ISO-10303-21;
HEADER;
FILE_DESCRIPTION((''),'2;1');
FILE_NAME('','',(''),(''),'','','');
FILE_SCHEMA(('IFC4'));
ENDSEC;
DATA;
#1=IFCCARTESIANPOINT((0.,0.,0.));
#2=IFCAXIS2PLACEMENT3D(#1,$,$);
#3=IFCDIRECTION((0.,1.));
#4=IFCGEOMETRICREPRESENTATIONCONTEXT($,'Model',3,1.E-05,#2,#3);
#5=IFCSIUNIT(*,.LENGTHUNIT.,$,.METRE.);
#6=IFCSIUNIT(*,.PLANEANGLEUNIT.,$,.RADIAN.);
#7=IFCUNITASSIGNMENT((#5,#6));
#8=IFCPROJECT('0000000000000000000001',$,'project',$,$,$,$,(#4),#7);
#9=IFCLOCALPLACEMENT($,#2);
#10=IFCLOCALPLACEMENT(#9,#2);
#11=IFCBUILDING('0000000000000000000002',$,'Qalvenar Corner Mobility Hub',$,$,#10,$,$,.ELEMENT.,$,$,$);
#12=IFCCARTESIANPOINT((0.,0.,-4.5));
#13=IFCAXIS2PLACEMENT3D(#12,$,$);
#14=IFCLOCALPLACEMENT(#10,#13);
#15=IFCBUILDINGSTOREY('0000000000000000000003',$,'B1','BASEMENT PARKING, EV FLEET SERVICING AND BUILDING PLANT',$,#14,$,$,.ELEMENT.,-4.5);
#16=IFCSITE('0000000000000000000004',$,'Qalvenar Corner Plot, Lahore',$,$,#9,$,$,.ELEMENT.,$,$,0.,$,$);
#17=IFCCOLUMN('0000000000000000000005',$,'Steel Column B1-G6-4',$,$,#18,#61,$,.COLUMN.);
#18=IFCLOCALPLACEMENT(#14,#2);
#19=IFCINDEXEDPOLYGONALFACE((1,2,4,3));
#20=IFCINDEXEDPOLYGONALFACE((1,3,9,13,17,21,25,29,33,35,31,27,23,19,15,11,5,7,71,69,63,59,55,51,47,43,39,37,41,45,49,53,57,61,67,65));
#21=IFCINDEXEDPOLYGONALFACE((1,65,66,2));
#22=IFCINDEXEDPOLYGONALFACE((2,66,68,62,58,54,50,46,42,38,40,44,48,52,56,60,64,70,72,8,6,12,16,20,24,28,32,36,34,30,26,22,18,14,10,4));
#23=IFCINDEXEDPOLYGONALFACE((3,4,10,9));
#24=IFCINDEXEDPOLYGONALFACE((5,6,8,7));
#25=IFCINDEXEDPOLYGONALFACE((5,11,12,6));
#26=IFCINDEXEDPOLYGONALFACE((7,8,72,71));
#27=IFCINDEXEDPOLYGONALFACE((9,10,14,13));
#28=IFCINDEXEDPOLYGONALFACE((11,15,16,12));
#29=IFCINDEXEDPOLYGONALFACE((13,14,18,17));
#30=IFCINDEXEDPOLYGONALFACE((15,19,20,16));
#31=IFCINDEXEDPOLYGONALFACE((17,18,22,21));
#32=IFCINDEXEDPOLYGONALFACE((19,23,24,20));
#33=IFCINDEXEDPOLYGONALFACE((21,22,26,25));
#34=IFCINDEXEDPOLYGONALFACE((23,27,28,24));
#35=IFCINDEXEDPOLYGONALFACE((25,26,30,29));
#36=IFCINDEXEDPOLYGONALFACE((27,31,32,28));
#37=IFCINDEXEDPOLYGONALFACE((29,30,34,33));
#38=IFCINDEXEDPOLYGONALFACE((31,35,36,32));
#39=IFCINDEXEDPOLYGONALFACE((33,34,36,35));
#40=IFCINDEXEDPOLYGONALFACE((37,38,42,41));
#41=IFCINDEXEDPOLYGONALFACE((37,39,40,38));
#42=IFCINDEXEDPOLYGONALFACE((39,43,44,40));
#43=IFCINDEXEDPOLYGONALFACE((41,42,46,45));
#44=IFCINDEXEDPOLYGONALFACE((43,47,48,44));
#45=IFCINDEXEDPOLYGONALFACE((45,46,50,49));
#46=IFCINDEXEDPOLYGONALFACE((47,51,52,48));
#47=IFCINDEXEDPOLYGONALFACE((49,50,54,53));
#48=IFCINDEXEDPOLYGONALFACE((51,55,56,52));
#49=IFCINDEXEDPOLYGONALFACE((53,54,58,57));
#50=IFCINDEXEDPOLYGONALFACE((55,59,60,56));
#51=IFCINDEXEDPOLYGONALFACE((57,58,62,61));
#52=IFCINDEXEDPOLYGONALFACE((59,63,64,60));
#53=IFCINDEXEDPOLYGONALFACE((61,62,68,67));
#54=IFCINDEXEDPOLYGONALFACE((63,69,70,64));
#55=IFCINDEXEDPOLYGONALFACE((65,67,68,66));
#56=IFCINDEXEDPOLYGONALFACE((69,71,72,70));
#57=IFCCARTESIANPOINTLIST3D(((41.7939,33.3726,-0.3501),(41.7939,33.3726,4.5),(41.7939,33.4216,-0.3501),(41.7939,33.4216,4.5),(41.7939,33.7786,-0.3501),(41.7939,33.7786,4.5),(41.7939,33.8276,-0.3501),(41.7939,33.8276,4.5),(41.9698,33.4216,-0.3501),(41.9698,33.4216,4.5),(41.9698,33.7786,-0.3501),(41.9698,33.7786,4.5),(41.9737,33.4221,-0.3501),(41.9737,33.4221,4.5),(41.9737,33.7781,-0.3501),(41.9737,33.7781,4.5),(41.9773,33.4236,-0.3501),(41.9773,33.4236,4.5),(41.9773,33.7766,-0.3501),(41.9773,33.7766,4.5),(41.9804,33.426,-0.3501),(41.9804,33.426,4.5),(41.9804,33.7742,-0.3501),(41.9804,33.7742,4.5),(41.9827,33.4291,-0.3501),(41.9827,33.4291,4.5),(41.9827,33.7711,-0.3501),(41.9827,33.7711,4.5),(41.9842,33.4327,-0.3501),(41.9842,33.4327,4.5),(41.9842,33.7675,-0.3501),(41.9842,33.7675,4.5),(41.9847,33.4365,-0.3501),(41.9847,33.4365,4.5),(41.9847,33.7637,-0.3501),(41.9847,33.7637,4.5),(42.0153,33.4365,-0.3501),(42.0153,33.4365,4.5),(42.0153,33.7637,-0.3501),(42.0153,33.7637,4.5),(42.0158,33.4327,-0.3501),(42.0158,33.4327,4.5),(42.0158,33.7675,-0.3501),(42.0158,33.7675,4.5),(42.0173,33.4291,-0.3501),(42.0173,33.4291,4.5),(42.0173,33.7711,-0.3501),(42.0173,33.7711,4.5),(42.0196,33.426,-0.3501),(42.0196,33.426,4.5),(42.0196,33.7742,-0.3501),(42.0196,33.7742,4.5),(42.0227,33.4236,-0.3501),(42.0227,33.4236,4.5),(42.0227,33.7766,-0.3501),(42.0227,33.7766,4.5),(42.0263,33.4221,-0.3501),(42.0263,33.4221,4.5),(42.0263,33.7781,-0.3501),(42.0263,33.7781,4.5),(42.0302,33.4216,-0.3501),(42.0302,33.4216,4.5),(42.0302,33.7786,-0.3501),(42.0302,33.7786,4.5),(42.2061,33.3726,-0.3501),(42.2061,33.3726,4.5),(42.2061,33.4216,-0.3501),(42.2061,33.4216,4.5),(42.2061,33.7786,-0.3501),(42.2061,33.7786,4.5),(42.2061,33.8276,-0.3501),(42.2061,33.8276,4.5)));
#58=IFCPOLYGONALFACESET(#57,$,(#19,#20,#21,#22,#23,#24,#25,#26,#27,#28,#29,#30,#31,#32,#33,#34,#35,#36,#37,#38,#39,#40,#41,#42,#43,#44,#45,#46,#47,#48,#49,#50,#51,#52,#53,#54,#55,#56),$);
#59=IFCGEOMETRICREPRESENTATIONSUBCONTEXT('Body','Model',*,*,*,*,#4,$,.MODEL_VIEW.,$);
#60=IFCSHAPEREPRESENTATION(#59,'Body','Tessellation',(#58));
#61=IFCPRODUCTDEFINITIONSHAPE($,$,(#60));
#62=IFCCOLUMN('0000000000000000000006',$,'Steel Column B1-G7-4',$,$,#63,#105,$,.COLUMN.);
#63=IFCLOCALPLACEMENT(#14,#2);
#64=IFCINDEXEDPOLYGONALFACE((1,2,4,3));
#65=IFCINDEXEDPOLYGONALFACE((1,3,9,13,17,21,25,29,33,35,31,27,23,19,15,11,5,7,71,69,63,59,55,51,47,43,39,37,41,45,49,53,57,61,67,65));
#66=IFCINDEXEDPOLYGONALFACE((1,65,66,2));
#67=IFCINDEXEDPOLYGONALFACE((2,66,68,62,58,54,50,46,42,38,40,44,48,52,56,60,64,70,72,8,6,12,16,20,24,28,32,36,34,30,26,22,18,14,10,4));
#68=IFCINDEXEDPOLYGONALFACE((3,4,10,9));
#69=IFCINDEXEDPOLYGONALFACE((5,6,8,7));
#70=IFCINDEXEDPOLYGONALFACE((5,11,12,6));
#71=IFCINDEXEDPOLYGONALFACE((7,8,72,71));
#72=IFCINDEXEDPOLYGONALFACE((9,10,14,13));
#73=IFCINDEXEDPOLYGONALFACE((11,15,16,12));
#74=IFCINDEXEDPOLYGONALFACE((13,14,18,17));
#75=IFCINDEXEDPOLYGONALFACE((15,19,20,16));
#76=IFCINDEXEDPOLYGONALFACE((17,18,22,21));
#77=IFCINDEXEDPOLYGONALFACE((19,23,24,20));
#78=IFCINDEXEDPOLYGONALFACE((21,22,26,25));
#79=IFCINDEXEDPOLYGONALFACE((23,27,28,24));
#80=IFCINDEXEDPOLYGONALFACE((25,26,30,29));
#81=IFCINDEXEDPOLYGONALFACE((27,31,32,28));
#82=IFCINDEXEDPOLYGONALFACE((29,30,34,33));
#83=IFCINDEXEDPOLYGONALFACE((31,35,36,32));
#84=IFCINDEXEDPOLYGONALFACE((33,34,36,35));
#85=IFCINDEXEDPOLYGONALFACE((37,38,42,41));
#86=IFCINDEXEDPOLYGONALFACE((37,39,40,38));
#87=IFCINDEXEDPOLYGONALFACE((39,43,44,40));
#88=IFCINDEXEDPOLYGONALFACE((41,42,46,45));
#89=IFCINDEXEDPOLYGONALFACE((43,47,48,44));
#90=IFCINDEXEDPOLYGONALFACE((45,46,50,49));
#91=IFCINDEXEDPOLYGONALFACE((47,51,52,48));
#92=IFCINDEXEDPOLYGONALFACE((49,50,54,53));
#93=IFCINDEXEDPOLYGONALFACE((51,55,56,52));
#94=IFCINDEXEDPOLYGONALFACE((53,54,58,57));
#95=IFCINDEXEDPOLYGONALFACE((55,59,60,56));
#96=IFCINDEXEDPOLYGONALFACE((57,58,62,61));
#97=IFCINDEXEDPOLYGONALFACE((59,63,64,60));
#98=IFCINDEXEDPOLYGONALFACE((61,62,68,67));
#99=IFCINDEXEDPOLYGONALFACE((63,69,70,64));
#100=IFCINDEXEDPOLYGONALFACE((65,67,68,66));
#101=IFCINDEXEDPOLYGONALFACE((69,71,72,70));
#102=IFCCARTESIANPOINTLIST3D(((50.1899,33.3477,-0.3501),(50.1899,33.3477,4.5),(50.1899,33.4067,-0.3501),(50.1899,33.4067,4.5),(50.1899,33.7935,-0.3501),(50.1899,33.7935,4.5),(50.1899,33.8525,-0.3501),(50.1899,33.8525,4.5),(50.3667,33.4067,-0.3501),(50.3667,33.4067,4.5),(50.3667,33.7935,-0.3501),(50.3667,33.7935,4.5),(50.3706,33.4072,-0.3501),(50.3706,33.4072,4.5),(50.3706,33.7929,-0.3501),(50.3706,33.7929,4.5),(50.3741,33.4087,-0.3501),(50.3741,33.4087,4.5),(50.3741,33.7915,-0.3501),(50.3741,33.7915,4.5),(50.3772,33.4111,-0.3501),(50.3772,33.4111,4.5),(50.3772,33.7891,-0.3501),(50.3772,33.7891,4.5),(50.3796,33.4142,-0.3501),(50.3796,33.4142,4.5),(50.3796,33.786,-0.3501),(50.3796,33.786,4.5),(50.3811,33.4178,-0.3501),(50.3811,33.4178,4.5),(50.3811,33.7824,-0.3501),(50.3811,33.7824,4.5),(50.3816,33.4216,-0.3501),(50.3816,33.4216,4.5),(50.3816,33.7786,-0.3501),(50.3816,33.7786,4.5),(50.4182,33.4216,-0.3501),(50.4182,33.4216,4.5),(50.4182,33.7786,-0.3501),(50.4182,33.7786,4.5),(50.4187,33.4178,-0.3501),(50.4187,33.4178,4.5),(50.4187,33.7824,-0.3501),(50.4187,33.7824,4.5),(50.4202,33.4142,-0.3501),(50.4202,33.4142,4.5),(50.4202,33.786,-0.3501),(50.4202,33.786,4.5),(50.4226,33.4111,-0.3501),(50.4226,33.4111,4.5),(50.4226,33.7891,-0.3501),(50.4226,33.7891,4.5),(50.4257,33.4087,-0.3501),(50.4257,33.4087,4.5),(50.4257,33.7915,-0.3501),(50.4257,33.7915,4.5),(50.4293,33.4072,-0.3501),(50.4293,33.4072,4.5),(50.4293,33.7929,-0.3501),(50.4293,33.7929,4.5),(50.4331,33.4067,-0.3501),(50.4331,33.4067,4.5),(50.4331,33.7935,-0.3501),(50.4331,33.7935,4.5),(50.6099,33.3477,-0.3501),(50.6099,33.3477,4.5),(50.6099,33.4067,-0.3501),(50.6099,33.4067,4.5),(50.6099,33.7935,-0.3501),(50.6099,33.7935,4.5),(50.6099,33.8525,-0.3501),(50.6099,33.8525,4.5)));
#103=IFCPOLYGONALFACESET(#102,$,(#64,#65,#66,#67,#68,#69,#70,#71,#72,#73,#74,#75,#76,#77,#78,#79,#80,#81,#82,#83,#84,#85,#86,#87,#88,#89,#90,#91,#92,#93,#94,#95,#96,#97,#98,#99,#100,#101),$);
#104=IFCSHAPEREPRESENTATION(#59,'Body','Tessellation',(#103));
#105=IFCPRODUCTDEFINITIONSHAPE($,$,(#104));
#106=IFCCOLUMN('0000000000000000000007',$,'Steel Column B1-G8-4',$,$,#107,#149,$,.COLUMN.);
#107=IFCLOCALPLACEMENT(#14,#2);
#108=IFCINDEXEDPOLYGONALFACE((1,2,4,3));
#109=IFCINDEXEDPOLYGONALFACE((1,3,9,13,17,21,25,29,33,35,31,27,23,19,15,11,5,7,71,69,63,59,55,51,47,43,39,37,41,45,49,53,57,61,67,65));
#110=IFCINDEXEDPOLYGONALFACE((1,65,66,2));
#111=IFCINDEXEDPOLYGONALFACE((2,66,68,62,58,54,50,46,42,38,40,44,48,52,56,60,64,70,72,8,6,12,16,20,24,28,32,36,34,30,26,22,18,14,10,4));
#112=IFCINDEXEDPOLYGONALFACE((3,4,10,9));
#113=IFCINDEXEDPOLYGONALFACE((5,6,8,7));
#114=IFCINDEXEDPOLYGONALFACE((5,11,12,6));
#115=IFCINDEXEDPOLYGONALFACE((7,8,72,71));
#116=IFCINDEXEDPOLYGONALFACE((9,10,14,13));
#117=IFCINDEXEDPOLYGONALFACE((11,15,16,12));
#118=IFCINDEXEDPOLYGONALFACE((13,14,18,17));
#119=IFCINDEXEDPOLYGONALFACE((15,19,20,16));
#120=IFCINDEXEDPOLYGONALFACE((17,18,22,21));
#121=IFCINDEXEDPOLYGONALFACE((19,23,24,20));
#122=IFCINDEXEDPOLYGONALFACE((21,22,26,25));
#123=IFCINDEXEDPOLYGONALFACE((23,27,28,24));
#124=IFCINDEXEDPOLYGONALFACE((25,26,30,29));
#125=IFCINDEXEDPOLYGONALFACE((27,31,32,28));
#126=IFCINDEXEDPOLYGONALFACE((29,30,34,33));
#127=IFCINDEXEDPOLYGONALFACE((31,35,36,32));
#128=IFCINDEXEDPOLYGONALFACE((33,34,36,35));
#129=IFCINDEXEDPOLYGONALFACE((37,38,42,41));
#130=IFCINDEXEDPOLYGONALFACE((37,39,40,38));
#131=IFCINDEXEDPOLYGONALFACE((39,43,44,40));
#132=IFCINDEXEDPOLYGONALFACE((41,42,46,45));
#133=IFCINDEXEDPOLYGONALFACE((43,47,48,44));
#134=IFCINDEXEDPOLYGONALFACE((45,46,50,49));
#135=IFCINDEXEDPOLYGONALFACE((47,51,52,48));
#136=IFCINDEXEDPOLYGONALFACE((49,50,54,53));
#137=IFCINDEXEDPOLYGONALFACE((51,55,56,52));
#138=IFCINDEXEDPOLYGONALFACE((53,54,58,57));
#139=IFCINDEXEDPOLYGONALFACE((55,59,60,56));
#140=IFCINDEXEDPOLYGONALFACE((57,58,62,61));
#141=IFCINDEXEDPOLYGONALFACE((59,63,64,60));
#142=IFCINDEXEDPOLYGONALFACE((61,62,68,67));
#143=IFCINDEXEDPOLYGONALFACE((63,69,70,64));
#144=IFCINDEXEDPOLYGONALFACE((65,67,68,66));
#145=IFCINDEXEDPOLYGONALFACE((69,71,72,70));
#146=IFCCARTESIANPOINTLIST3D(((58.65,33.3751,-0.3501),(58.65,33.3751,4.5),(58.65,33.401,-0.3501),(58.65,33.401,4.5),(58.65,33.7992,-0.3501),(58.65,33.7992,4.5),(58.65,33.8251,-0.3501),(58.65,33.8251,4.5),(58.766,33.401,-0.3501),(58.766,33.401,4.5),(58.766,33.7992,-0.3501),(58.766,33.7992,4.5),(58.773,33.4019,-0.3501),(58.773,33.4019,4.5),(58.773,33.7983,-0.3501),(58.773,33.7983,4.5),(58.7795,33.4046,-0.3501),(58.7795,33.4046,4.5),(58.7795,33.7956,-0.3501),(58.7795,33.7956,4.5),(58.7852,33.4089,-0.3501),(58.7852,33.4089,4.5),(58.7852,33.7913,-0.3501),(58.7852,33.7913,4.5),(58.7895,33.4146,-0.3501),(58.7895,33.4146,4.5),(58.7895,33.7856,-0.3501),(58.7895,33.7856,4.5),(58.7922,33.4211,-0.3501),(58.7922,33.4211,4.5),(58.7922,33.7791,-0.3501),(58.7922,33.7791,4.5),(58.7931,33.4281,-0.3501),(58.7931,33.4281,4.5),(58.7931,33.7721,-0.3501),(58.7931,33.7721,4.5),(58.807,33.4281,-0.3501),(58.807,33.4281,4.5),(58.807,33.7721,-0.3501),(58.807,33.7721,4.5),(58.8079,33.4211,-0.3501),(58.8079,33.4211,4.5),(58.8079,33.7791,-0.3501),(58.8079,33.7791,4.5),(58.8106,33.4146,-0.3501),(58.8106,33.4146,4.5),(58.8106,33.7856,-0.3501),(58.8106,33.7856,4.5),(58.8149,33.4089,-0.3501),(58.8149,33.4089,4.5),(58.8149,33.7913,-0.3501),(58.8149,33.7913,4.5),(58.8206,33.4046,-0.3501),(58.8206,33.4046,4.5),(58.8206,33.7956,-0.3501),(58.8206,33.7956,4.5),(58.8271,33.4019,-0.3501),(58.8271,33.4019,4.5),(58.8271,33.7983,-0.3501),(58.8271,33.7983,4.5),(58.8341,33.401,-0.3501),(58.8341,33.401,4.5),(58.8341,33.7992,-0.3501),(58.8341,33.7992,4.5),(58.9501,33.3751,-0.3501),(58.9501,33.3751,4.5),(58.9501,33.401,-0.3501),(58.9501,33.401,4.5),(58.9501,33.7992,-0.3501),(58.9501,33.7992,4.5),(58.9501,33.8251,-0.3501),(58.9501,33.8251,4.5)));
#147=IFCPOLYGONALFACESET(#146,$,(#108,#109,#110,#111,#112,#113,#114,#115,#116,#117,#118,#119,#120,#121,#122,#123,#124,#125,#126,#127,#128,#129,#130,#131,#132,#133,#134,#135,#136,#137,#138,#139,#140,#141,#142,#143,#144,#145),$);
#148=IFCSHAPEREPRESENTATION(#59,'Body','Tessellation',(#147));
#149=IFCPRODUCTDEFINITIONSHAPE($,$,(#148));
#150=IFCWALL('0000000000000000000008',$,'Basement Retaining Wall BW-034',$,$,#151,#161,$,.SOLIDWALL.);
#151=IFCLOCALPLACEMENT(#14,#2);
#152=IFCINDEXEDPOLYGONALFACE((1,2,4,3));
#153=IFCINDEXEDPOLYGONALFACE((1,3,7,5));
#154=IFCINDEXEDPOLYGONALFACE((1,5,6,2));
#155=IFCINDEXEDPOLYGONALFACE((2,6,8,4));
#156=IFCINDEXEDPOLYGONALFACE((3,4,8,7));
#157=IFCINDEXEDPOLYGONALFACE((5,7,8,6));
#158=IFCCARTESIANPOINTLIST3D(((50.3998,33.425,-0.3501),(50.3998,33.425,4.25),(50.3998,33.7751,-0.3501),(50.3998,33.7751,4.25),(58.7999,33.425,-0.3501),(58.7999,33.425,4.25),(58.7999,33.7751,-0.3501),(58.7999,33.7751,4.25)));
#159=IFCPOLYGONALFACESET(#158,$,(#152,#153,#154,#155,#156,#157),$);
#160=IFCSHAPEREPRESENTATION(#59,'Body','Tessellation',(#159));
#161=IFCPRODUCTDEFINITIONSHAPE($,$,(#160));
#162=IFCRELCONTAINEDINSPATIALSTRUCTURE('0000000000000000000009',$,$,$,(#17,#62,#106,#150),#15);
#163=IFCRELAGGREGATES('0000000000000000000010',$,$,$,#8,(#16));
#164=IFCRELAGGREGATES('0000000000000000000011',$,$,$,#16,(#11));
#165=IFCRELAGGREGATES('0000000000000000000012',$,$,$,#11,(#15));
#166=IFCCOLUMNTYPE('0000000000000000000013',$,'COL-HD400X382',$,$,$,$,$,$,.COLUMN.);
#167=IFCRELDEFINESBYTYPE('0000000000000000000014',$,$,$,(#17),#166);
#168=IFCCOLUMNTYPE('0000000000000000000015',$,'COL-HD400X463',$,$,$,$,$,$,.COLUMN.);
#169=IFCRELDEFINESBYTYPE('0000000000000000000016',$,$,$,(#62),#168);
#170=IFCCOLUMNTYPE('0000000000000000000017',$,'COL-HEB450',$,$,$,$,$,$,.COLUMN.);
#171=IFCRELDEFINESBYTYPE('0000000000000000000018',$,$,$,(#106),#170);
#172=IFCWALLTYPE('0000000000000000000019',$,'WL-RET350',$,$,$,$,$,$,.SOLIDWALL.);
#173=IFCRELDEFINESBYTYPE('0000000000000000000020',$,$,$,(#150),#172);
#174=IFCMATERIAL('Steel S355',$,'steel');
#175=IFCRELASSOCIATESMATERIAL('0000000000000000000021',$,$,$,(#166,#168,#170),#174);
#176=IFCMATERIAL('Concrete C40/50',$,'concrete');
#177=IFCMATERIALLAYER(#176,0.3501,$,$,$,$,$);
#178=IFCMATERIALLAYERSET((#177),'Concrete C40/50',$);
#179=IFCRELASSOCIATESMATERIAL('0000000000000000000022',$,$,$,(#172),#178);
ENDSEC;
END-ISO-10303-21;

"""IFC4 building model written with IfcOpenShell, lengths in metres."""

from ifc_helpers import new_model, si_unit, direction, frame, frame_2d, origin, origin_2d, place, context, subcontext, project, spatial, rectangle, i_section, extrude, material, layer, layer_set, material_profile, profile_set, type_object, element, save


model = new_model("IFC4")

# Units and contexts
model_context = context("Model", 3, precision=1e-05, world=origin(), true_north=direction((0.0, 1.0)))
body_context = subcontext(model_context, "Body", "Model", "MODEL_VIEW")
ifc_project = project(units=[si_unit("LENGTHUNIT", "METRE"), si_unit("PLANEANGLEUNIT", "RADIAN")], contexts=[model_context])

# Site, building, storey
site_placement = place(None, origin())
site = spatial("IfcSite", under=ifc_project, at=site_placement, Name="Qalvenar Corner Plot, Lahore", CompositionType="ELEMENT", RefElevation=0.0)
building_placement = place(site_placement, origin())
building = spatial("IfcBuilding", under=site, at=building_placement, Name="Qalvenar Corner Mobility Hub", CompositionType="ELEMENT")
storey_placement = place(building_placement, frame((0.0, 0.0, -4.5)))
storey = spatial("IfcBuildingStorey", under=building, at=storey_placement, Name="B1", Description="BASEMENT PARKING, EV FLEET SERVICING AND BUILDING PLANT", CompositionType="ELEMENT", Elevation=-4.5)

# Shared definitions
ifc_material_1 = material(Name="Concrete C40/50", Category="concrete")

# Columns
ifc_material_2 = material(Name="Steel S355", Category="steel")
ifc_material_profile_1 = material_profile(ifc_material_2, i_section(OverallWidth=0.4121, OverallDepth=0.4551, WebThickness=0.0305, FlangeThickness=0.0491, FilletRadius=0.0149, at=origin_2d()), Name="HD400x421")
ifc_profile_set_1 = profile_set([ifc_material_profile_1], Name="Steel S355")
column_type_1 = type_object("IfcColumnType", Name="COL-HD400X382", PredefinedType="COLUMN", material=ifc_profile_set_1)
column_1_placement = place(storey_placement, frame((42.0, 33.6001, -0.3501), z_axis=(0.0, 0.0, 1.0), x_axis=(1.0, 0.0, 0.0)))
element("IfcColumn", 1, at=column_1_placement, inside=storey, type_object=column_type_1, Name="Steel Column B1-G6-4", PredefinedType="COLUMN", context=body_context, shape_type="SweptSolid", body=[
    extrude(i_section(OverallWidth=0.4121, OverallDepth=0.4551, WebThickness=0.0305, FlangeThickness=0.0491, FilletRadius=0.0149, at=origin_2d()), origin(), (0.0, 0.0, 1.0), 4.8501),
])
ifc_material_profile_2 = material_profile(ifc_material_2, i_section(OverallWidth=0.4199, OverallDepth=0.5049, WebThickness=0.0366, FlangeThickness=0.0591, FilletRadius=0.0149, at=origin_2d()), Name="HD400x551")
ifc_profile_set_2 = profile_set([ifc_material_profile_2], Name="Steel S355")
column_type_2 = type_object("IfcColumnType", Name="COL-HD400X463", PredefinedType="COLUMN", material=ifc_profile_set_2)
column_2_placement = place(storey_placement, frame((50.3999, 33.6001, -0.3501), z_axis=(0.0, 0.0, 1.0), x_axis=(1.0, 0.0, 0.0)))
element("IfcColumn", 2, at=column_2_placement, inside=storey, type_object=column_type_2, Name="Steel Column B1-G7-4", PredefinedType="COLUMN", context=body_context, shape_type="SweptSolid", body=[
    extrude(i_section(OverallWidth=0.4199, OverallDepth=0.5049, WebThickness=0.0366, FlangeThickness=0.0591, FilletRadius=0.0149, at=origin_2d()), origin(), (0.0, 0.0, 1.0), 4.8501),
])
ifc_material_profile_3 = material_profile(ifc_material_2, i_section(OverallWidth=0.3, OverallDepth=0.45, WebThickness=0.0139, FlangeThickness=0.0259, FilletRadius=0.0271, at=origin_2d()), Name="HEB450")
ifc_profile_set_3 = profile_set([ifc_material_profile_3], Name="Steel S355")
column_type_3 = type_object("IfcColumnType", Name="COL-HEB450", PredefinedType="COLUMN", material=ifc_profile_set_3)
column_3_placement = place(storey_placement, frame((58.8, 33.6001, -0.3501), z_axis=(0.0, 0.0, 1.0), x_axis=(1.0, 0.0, 0.0)))
element("IfcColumn", 3, at=column_3_placement, inside=storey, type_object=column_type_3, Name="Steel Column B1-G8-4", PredefinedType="COLUMN", context=body_context, shape_type="SweptSolid", body=[
    extrude(i_section(OverallWidth=0.3, OverallDepth=0.45, WebThickness=0.0139, FlangeThickness=0.0259, FilletRadius=0.0271, at=origin_2d()), origin(), (0.0, 0.0, 1.0), 4.8501),
])

# Wall
ifc_layer = layer(ifc_material_1, 0.3501)
ifc_layer_set = layer_set([ifc_layer], Name="Concrete C40/50")
wall_type = type_object("IfcWallType", Name="WL-RET350", PredefinedType="SOLIDWALL", material=ifc_layer_set)
wall_placement = place(storey_placement, frame((58.8, 33.6001, -0.3501), z_axis=(0.0, 0.0, 1.0), x_axis=(-1.0, 0.0, 0.0)))
element("IfcWall", 4, at=wall_placement, inside=storey, type_object=wall_type, Name="Basement Retaining Wall BW-034", PredefinedType="SOLIDWALL", context=body_context, shape_type="SweptSolid", body=[
    extrude(rectangle(XDim=8.4001, YDim=0.3501, at=frame_2d((4.2002, 0.0))), origin(), (0.0, 0.0, 1.0), 4.6001),
])

save(model, "model.ifc")
